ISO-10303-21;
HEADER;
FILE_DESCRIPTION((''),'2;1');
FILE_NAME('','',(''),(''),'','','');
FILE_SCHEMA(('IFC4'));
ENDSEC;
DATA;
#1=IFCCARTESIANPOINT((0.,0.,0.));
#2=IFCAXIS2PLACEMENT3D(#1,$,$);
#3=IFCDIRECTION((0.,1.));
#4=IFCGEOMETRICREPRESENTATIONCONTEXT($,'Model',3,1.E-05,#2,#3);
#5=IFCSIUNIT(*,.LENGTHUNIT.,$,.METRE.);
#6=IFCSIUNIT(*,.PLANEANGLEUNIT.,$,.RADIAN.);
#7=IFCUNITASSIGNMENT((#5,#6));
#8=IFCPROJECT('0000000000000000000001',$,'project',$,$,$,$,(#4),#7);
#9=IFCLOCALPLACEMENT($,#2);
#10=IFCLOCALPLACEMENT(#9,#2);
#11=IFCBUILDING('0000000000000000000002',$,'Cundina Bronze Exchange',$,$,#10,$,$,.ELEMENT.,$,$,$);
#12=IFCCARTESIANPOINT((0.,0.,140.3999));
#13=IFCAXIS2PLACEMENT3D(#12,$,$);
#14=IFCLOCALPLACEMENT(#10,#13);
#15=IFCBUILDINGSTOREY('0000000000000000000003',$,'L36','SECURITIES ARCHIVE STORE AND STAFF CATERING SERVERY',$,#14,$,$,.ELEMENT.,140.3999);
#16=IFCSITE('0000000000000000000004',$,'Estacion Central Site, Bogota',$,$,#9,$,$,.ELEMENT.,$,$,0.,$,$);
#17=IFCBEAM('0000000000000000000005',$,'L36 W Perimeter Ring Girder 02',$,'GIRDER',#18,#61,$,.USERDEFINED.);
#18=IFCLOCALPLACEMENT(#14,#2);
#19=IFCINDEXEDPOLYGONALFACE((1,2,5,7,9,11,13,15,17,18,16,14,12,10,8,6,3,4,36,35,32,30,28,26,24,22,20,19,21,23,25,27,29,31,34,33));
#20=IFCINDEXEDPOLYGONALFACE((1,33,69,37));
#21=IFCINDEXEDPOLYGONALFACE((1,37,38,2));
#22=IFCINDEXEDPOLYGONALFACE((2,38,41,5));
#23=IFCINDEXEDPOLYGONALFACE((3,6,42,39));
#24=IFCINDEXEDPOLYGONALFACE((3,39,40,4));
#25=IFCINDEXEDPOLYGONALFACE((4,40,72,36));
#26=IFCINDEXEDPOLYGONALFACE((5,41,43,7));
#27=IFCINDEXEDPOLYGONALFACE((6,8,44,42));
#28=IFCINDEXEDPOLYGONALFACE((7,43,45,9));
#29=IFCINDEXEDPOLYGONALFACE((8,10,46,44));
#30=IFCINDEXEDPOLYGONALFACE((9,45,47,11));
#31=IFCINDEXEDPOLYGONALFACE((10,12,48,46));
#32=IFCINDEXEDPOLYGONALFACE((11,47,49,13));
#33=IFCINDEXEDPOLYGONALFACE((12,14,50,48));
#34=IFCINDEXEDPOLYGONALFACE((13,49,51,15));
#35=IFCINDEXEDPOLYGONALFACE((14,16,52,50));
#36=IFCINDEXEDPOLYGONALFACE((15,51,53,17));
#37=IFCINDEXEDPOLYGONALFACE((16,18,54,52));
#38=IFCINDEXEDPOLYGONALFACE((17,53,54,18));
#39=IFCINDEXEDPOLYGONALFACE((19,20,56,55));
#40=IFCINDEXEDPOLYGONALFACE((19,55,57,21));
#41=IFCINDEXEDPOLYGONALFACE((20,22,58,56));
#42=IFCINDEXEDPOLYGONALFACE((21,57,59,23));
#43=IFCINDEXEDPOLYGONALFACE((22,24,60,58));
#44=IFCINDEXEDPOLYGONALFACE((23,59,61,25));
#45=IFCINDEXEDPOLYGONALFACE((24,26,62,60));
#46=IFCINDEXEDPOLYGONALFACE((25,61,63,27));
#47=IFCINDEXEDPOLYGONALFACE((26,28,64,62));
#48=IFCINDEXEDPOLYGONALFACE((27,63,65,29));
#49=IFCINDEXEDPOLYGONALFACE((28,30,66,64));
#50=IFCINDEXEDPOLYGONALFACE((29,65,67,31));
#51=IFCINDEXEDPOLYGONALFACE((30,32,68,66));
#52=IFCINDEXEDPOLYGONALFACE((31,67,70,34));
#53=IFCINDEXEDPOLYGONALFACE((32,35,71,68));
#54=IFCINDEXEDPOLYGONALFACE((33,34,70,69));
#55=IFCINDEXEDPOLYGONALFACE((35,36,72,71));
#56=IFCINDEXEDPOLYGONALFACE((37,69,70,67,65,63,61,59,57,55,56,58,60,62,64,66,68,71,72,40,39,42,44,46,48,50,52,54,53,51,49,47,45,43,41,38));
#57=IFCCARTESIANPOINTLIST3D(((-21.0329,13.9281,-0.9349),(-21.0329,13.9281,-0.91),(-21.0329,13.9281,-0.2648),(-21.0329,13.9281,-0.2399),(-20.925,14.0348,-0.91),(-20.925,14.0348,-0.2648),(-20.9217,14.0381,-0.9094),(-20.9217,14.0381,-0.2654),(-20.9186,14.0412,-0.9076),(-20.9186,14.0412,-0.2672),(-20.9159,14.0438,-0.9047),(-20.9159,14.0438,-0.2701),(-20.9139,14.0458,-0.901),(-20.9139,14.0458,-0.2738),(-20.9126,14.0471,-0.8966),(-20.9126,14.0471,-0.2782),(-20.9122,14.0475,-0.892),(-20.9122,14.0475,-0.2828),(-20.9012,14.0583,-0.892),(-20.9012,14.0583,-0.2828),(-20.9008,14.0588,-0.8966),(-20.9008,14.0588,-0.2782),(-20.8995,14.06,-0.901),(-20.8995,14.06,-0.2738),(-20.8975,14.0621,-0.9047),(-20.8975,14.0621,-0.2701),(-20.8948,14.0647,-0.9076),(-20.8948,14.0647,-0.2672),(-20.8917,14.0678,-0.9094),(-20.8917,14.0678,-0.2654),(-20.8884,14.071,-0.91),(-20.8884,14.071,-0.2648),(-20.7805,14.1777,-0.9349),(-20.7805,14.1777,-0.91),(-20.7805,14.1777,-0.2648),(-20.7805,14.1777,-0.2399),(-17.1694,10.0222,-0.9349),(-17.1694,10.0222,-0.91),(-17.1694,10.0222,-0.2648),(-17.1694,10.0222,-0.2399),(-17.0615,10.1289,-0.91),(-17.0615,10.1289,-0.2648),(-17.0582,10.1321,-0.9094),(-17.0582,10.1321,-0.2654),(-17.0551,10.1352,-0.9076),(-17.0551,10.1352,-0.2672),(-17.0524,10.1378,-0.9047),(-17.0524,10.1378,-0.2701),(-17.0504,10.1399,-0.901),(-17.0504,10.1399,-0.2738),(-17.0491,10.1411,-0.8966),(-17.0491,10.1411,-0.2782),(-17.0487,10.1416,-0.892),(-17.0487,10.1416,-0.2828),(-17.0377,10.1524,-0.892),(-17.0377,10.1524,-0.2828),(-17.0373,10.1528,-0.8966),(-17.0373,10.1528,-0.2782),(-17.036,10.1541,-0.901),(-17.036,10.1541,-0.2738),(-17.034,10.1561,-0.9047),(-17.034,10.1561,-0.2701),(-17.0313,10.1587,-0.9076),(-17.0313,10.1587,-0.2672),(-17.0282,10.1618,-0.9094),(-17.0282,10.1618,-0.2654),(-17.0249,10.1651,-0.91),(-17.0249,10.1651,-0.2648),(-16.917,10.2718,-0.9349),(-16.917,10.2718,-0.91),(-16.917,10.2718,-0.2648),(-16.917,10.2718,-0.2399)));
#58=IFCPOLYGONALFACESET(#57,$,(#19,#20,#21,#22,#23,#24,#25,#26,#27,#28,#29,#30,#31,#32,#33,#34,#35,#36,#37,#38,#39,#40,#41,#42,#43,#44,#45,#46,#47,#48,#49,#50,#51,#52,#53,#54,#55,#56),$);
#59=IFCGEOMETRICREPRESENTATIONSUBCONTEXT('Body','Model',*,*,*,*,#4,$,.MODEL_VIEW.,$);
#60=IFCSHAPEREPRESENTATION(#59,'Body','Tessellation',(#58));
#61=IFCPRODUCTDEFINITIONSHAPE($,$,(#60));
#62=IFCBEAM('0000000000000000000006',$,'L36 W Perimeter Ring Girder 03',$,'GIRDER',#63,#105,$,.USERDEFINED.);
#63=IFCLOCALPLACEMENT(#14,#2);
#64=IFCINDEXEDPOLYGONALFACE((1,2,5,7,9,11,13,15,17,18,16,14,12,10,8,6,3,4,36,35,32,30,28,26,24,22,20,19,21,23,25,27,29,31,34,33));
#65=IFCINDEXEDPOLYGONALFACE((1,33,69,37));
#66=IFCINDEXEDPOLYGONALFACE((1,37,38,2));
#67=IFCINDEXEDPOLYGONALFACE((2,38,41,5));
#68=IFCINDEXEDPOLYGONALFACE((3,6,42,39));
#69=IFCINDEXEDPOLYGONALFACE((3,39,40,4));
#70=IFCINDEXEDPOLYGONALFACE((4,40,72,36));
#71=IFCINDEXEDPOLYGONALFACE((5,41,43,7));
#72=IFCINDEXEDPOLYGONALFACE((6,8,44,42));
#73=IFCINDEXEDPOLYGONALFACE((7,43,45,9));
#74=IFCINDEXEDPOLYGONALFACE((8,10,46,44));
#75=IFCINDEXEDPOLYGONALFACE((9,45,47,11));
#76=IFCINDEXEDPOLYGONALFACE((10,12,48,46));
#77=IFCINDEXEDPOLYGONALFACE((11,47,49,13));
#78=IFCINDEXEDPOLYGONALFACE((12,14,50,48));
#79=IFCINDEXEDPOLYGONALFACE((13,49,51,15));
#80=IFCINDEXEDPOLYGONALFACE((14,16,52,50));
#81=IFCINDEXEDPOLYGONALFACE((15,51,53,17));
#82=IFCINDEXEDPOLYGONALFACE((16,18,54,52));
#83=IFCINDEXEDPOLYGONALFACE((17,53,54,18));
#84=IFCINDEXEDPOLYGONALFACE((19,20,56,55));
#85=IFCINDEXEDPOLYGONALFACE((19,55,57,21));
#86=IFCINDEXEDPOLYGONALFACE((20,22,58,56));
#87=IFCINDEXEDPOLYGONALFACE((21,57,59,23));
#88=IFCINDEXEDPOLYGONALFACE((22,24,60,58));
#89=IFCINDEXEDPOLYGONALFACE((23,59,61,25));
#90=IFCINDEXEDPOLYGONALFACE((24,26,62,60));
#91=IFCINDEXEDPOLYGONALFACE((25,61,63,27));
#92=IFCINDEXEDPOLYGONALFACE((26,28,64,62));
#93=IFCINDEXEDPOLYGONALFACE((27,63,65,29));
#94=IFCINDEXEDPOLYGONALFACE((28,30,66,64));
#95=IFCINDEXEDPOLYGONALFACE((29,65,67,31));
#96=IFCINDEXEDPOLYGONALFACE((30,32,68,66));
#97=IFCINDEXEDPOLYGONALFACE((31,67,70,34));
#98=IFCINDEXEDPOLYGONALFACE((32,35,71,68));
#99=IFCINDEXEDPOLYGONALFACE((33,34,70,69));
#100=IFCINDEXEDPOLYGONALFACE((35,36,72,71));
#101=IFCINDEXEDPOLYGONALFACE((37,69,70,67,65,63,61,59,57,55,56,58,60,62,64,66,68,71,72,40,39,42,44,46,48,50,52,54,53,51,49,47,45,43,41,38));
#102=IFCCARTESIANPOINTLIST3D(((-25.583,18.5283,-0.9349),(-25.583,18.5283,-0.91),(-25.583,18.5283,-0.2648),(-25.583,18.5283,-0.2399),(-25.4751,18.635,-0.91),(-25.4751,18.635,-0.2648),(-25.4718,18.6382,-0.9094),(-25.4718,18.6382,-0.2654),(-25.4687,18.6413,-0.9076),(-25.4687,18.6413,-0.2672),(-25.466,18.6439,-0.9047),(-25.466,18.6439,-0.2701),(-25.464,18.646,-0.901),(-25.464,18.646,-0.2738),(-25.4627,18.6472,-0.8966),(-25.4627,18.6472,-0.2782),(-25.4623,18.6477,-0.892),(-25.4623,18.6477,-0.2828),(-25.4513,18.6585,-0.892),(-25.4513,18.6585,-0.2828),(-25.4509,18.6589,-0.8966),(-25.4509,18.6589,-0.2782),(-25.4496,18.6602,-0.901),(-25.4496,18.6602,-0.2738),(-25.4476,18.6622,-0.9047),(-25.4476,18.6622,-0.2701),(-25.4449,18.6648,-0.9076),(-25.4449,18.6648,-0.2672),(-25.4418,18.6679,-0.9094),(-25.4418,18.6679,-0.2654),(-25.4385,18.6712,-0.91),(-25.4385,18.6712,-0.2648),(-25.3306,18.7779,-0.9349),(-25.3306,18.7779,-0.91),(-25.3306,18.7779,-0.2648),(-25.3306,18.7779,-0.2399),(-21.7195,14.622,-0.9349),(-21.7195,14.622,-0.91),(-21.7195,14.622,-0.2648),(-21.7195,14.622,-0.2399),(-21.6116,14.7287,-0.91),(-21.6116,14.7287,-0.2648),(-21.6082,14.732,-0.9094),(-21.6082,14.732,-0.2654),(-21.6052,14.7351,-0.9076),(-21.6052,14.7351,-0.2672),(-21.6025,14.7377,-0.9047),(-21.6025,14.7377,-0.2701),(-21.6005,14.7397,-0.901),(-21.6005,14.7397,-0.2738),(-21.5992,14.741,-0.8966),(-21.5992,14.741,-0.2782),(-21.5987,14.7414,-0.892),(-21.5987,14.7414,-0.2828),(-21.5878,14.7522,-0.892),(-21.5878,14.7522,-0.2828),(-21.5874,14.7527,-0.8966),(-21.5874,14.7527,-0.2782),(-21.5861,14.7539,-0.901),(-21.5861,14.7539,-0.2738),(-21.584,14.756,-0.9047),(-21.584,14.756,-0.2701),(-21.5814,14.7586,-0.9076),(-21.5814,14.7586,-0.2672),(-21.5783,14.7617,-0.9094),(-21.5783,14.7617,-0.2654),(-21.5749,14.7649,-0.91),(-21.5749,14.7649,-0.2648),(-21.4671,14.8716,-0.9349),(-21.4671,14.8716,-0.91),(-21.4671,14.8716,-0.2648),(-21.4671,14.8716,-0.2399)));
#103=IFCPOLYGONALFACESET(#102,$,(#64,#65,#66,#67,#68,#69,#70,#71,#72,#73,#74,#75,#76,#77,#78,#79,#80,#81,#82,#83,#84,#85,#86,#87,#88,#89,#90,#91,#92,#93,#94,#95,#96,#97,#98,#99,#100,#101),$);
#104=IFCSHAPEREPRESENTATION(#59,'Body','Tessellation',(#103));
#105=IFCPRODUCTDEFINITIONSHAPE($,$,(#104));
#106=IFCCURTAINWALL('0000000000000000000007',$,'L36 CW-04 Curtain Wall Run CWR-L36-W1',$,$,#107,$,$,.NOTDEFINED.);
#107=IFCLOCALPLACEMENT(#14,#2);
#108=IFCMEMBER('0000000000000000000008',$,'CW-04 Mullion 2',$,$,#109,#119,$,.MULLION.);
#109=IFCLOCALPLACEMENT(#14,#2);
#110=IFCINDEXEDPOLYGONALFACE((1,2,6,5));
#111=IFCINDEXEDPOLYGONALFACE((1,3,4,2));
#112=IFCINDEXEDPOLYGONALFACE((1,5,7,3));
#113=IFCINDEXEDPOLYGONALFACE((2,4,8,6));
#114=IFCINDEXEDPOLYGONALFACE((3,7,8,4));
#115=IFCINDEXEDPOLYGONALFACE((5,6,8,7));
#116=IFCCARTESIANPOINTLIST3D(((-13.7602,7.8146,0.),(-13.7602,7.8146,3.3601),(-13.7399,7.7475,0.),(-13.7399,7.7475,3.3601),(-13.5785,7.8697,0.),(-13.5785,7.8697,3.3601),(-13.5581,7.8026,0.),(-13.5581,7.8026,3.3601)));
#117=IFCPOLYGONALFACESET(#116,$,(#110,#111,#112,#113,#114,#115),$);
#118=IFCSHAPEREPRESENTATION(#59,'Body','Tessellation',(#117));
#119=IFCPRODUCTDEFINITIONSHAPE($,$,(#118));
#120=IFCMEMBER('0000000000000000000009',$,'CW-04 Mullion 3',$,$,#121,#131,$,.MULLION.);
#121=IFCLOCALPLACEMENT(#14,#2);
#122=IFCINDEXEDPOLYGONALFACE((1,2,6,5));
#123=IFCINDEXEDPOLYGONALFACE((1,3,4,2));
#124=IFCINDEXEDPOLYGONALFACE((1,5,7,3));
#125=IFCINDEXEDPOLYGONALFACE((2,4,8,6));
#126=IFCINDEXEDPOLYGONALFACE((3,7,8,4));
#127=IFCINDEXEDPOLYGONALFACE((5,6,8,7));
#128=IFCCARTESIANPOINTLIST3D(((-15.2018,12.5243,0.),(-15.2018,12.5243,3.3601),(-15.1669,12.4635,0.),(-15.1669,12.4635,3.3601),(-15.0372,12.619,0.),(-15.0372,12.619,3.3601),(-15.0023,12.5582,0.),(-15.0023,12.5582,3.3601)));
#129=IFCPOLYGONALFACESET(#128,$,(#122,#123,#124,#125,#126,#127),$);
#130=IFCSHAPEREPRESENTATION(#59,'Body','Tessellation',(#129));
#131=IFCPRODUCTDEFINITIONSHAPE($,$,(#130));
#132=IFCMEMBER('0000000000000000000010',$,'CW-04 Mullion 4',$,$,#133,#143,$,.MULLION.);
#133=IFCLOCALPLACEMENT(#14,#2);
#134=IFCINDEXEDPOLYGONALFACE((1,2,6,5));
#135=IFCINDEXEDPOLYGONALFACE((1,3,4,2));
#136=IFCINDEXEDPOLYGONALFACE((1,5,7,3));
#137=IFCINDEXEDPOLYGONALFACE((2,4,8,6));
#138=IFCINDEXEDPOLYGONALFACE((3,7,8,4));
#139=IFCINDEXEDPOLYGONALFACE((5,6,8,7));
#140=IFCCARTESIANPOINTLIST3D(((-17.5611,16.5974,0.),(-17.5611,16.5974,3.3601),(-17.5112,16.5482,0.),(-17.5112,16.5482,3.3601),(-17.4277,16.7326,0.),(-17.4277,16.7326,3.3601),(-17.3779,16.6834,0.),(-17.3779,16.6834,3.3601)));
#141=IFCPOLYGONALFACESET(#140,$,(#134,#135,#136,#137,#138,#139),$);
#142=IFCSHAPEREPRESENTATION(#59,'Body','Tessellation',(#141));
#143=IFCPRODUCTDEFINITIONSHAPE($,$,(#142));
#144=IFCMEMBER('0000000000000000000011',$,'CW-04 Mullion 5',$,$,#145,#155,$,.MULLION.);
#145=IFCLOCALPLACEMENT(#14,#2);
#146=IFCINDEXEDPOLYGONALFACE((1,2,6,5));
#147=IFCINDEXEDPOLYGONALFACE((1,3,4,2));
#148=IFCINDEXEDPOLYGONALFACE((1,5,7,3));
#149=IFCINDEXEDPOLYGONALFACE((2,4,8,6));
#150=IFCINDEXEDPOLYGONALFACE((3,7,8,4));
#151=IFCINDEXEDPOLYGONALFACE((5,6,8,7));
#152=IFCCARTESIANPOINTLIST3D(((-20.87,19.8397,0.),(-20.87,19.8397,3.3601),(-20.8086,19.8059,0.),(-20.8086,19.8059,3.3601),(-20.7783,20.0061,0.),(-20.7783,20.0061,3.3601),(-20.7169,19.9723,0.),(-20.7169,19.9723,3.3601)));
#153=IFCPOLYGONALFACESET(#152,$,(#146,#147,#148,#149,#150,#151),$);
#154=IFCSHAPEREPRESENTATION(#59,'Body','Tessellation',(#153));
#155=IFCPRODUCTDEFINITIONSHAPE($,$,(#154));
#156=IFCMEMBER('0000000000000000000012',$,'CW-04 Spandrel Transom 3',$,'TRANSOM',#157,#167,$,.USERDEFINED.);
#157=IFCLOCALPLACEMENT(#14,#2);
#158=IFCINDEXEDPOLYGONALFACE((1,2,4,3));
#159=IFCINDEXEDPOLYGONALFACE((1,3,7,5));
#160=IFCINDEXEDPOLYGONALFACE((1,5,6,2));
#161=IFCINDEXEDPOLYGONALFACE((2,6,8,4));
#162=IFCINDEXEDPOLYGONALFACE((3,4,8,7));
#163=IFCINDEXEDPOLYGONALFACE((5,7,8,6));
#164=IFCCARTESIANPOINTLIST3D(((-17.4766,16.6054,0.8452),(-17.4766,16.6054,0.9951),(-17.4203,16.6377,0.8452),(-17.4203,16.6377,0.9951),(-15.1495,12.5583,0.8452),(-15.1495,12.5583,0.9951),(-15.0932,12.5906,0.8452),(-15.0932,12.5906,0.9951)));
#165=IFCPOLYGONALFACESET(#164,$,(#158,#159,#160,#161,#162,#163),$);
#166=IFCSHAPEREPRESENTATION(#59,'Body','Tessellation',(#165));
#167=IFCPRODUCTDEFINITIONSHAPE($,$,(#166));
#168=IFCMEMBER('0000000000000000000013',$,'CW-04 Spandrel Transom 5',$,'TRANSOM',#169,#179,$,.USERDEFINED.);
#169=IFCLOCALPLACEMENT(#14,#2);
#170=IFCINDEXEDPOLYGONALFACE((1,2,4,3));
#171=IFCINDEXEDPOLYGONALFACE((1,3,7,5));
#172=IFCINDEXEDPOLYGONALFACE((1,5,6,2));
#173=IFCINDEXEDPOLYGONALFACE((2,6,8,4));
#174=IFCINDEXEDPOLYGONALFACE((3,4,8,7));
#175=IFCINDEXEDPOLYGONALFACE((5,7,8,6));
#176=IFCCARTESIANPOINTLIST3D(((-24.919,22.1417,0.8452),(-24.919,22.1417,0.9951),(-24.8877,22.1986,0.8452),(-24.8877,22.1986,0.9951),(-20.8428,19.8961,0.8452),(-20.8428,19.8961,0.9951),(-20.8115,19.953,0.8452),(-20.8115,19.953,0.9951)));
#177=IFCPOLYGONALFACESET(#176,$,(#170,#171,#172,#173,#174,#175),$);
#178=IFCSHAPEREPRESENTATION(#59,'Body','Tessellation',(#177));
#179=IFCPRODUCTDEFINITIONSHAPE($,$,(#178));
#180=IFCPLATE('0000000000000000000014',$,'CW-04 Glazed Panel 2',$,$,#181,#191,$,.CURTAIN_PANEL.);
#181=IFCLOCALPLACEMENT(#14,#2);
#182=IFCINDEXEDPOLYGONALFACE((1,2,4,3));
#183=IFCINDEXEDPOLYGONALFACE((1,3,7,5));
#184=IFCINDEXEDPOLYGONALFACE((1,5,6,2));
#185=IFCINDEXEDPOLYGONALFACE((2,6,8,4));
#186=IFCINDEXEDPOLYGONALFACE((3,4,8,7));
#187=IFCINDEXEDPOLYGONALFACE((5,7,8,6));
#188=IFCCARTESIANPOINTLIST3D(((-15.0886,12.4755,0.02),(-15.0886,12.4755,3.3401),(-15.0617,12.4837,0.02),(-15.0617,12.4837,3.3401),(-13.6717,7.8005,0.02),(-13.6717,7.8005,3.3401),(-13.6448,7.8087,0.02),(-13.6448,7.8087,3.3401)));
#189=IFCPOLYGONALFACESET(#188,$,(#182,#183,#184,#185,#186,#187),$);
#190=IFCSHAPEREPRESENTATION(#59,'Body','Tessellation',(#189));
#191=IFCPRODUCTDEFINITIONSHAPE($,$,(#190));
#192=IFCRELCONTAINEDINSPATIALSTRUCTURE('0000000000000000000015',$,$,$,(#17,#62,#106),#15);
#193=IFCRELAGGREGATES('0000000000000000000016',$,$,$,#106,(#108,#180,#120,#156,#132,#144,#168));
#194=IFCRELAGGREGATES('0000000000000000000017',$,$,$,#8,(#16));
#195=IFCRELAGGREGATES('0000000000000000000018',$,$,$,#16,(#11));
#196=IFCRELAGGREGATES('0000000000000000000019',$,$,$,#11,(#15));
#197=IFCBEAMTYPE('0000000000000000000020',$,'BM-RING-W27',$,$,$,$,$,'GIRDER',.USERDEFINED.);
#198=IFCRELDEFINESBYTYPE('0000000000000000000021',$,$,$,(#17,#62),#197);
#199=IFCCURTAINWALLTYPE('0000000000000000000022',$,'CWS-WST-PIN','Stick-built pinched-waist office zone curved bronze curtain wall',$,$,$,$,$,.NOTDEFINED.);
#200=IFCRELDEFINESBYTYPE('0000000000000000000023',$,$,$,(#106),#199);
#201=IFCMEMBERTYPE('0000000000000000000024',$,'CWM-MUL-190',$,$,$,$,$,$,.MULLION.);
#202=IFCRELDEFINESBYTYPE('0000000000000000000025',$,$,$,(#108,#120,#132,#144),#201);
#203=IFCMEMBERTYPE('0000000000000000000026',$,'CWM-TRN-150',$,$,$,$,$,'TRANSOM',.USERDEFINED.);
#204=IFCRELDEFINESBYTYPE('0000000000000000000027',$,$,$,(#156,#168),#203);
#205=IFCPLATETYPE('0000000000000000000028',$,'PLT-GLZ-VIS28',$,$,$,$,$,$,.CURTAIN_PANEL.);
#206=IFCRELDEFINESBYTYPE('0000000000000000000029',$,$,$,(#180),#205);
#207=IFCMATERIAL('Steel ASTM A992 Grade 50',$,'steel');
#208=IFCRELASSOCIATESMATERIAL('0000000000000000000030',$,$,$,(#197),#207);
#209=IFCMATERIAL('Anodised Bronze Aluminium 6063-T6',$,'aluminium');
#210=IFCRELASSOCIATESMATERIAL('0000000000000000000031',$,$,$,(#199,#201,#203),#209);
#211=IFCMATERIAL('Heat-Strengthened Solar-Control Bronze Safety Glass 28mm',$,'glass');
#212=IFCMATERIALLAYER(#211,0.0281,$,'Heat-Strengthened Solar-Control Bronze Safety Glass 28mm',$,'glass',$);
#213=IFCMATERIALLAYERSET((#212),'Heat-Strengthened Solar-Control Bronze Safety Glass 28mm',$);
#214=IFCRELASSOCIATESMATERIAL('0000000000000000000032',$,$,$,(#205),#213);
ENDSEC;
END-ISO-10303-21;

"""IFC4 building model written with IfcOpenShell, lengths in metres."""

from ifc_helpers import new_model, si_unit, direction, frame, origin, origin_2d, place, context, subcontext, project, spatial, rectangle, i_section, extrude, material, layer, layer_set, material_profile, profile_set, type_object, element, aggregate, save


model = new_model("IFC4")

# Units and contexts
model_context = context("Model", 3, precision=1e-05, world=origin(), true_north=direction((0.0, 1.0)))
body_context = subcontext(model_context, "Body", "Model", "MODEL_VIEW")
ifc_project = project(units=[si_unit("LENGTHUNIT", "METRE"), si_unit("PLANEANGLEUNIT", "RADIAN")], contexts=[model_context])

# Site, building, storey
site_placement = place(None, origin())
site = spatial("IfcSite", under=ifc_project, at=site_placement, Name="Estacion Central Site, Bogota", CompositionType="ELEMENT", RefElevation=0.0)
building_placement = place(site_placement, origin())
building = spatial("IfcBuilding", under=site, at=building_placement, Name="Cundina Bronze Exchange", CompositionType="ELEMENT")
storey_placement = place(building_placement, frame((0.0, 0.0, 140.3999)))
storey = spatial("IfcBuildingStorey", under=building, at=storey_placement, Name="L36", Description="SECURITIES ARCHIVE STORE AND STAFF CATERING SERVERY", CompositionType="ELEMENT", Elevation=140.3999)

# Beams
ifc_material_1 = material(Name="Steel ASTM A992 Grade 50", Category="steel")
ifc_material_profile_1 = material_profile(ifc_material_1, i_section(OverallWidth=0.355, OverallDepth=0.6951, WebThickness=0.0154, FlangeThickness=0.0249, FilletRadius=0.0181, at=origin_2d()), Name="W27X146", Category="steel")
ifc_profile_set_1 = profile_set([ifc_material_profile_1], Name="Steel ASTM A992 Grade 50")
beam_type_1 = type_object("IfcBeamType", Name="BM-RING-W27", ElementType="GIRDER", PredefinedType="USERDEFINED", material=ifc_profile_set_1)
beam_1_placement = place(storey_placement, frame((-17.0432, 10.147, -0.5874), z_axis=(-0.70323, 0.710962, 0.0), x_axis=(-0.710962, -0.70323, 0.0)))
element("IfcBeam", 1, at=beam_1_placement, inside=storey, type_object=beam_type_1, Name="L36 W Perimeter Ring Girder 02", ObjectType="GIRDER", PredefinedType="USERDEFINED", context=body_context, shape_type="SweptSolid", body=[
    extrude(i_section(OverallWidth=0.355, OverallDepth=0.6951, WebThickness=0.0154, FlangeThickness=0.0249, FilletRadius=0.0181, at=origin_2d()), origin(), (0.0, 0.0, 1.0), 5.4939),
])
beam_2_placement = place(storey_placement, frame((-21.5933, 14.7468, -0.5874), z_axis=(-0.703208, 0.710984, 0.0), x_axis=(-0.710984, -0.703208, 0.0)))
element("IfcBeam", 2, at=beam_2_placement, inside=storey, type_object=beam_type_1, Name="L36 W Perimeter Ring Girder 03", ObjectType="GIRDER", PredefinedType="USERDEFINED", context=body_context, shape_type="SweptSolid", body=[
    extrude(i_section(OverallWidth=0.355, OverallDepth=0.6951, WebThickness=0.0154, FlangeThickness=0.0249, FilletRadius=0.0181, at=origin_2d()), origin(), (0.0, 0.0, 1.0), 5.4941),
])

# Curtain wall, members, plate
ifc_material_2 = material(Name="Anodised Bronze Aluminium 6063-T6", Category="aluminium")
curtain_wall_type = type_object("IfcCurtainWallType", Name="CWS-WST-PIN", Description="Stick-built pinched-waist office zone curved bronze curtain wall", PredefinedType="NOTDEFINED", material=ifc_material_2)
curtain_wall_placement = place(storey_placement, origin())
curtain_wall = element("IfcCurtainWall", 3, at=curtain_wall_placement, inside=storey, type_object=curtain_wall_type, Name="L36 CW-04 Curtain Wall Run CWR-L36-W1", PredefinedType="NOTDEFINED")
ifc_material_profile_2 = material_profile(ifc_material_2, rectangle(XDim=0.0701, YDim=0.1899, at=origin_2d()), Name="AL70X190", Category="aluminium")
ifc_profile_set_2 = profile_set([ifc_material_profile_2], Name="Anodised Bronze Aluminium 6063-T6")
member_type_1 = type_object("IfcMemberType", Name="CWM-MUL-190", PredefinedType="MULLION", material=ifc_profile_set_2)
member_1_placement = place(storey_placement, frame((-13.6592, 7.8086, 0.0), z_axis=(0.0, 0.0, 1.0), x_axis=(-0.290034, 0.957016, 0.0)))
member_1 = element("IfcMember", 4, at=member_1_placement, type_object=member_type_1, Name="CW-04 Mullion 2", PredefinedType="MULLION", context=body_context, shape_type="SweptSolid", body=[
    extrude(rectangle(XDim=0.0701, YDim=0.1899, at=origin_2d()), origin(), (0.0, 0.0, 1.0), 3.3601),
])
member_2_placement = place(storey_placement, frame((-15.1021, 12.5413, 0.0), z_axis=(0.0, 0.0, 1.0), x_axis=(-0.498488, 0.866897, 0.0)))
member_2 = element("IfcMember", 5, at=member_2_placement, type_object=member_type_1, Name="CW-04 Mullion 3", PredefinedType="MULLION", context=body_context, shape_type="SweptSolid", body=[
    extrude(rectangle(XDim=0.0701, YDim=0.1899, at=origin_2d()), origin(), (0.0, 0.0, 1.0), 3.3601),
])
member_3_placement = place(storey_placement, frame((-17.4695, 16.6404, 0.0), z_axis=(0.0, 0.0, 1.0), x_axis=(-0.712026, 0.702153, 0.0)))
member_3 = element("IfcMember", 6, at=member_3_placement, type_object=member_type_1, Name="CW-04 Mullion 4", PredefinedType="MULLION", context=body_context, shape_type="SweptSolid", body=[
    extrude(rectangle(XDim=0.0701, YDim=0.1899, at=origin_2d()), origin(), (0.0, 0.0, 1.0), 3.3601),
])
member_4_placement = place(storey_placement, frame((-20.7935, 19.906, 0.0), z_axis=(0.0, 0.0, 1.0), x_axis=(-0.875886, 0.482518, 0.0)))
member_4 = element("IfcMember", 7, at=member_4_placement, type_object=member_type_1, Name="CW-04 Mullion 5", PredefinedType="MULLION", context=body_context, shape_type="SweptSolid", body=[
    extrude(rectangle(XDim=0.0701, YDim=0.1899, at=origin_2d()), origin(), (0.0, 0.0, 1.0), 3.3601),
])
ifc_material_profile_3 = material_profile(ifc_material_2, rectangle(XDim=0.0649, YDim=0.1499, at=origin_2d()), Name="AL65X150", Category="aluminium")
ifc_profile_set_3 = profile_set([ifc_material_profile_3], Name="Anodised Bronze Aluminium 6063-T6")
member_type_2 = type_object("IfcMemberType", Name="CWM-TRN-150", ElementType="TRANSOM", PredefinedType="USERDEFINED", material=ifc_profile_set_3)
member_5_placement = place(storey_placement, frame((-15.1213, 12.5745, 0.9202), z_axis=(-0.49848, 0.866901, 0.0), x_axis=(-0.866901, -0.49848, 0.0)))
member_5 = element("IfcMember", 8, at=member_5_placement, type_object=member_type_2, Name="CW-04 Spandrel Transom 3", ObjectType="TRANSOM", PredefinedType="USERDEFINED", context=body_context, shape_type="SweptSolid", body=[
    extrude(rectangle(XDim=0.0649, YDim=0.1499, at=origin_2d()), origin(), (0.0, 0.0, 1.0), 4.6685),
])
member_6_placement = place(storey_placement, frame((-20.8271, 19.9246, 0.9202), z_axis=(-0.875879, 0.482531, 0.0), x_axis=(-0.482531, -0.875879, 0.0)))
member_6 = element("IfcMember", 9, at=member_6_placement, type_object=member_type_2, Name="CW-04 Spandrel Transom 5", ObjectType="TRANSOM", PredefinedType="USERDEFINED", context=body_context, shape_type="SweptSolid", body=[
    extrude(rectangle(XDim=0.0649, YDim=0.1499, at=origin_2d()), origin(), (0.0, 0.0, 1.0), 4.6538),
])
ifc_material_3 = material(Name="Heat-Strengthened Solar-Control Bronze Safety Glass 28mm", Category="glass")
ifc_layer_1 = layer(ifc_material_3, 0.0281, Name="Heat-Strengthened Solar-Control Bronze Safety Glass 28mm", Category="glass")
ifc_layer_set_1 = layer_set([ifc_layer_1], Name="Heat-Strengthened Solar-Control Bronze Safety Glass 28mm")
plate_type_1 = type_object("IfcPlateType", Name="PLT-GLZ-VIS28", PredefinedType="CURTAIN_PANEL", material=ifc_layer_set_1)
plate_1_placement = place(storey_placement, frame((-14.3667, 10.1421, 0.02), z_axis=(0.0, 0.0, 1.0), x_axis=(-0.290051, 0.957011, 0.0)))
plate_1 = element("IfcPlate", 10, at=plate_1_placement, type_object=plate_type_1, Name="CW-04 Glazed Panel 2", PredefinedType="CURTAIN_PANEL", context=body_context, shape_type="SweptSolid", body=[
    extrude(rectangle(XDim=4.885, YDim=0.0281, at=origin_2d()), origin(), (0.0, 0.0, 1.0), 3.3201),
])
aggregate(curtain_wall, [member_1, plate_1, member_2, member_5, member_3, member_4, member_6])

save(model, "model.ifc")
